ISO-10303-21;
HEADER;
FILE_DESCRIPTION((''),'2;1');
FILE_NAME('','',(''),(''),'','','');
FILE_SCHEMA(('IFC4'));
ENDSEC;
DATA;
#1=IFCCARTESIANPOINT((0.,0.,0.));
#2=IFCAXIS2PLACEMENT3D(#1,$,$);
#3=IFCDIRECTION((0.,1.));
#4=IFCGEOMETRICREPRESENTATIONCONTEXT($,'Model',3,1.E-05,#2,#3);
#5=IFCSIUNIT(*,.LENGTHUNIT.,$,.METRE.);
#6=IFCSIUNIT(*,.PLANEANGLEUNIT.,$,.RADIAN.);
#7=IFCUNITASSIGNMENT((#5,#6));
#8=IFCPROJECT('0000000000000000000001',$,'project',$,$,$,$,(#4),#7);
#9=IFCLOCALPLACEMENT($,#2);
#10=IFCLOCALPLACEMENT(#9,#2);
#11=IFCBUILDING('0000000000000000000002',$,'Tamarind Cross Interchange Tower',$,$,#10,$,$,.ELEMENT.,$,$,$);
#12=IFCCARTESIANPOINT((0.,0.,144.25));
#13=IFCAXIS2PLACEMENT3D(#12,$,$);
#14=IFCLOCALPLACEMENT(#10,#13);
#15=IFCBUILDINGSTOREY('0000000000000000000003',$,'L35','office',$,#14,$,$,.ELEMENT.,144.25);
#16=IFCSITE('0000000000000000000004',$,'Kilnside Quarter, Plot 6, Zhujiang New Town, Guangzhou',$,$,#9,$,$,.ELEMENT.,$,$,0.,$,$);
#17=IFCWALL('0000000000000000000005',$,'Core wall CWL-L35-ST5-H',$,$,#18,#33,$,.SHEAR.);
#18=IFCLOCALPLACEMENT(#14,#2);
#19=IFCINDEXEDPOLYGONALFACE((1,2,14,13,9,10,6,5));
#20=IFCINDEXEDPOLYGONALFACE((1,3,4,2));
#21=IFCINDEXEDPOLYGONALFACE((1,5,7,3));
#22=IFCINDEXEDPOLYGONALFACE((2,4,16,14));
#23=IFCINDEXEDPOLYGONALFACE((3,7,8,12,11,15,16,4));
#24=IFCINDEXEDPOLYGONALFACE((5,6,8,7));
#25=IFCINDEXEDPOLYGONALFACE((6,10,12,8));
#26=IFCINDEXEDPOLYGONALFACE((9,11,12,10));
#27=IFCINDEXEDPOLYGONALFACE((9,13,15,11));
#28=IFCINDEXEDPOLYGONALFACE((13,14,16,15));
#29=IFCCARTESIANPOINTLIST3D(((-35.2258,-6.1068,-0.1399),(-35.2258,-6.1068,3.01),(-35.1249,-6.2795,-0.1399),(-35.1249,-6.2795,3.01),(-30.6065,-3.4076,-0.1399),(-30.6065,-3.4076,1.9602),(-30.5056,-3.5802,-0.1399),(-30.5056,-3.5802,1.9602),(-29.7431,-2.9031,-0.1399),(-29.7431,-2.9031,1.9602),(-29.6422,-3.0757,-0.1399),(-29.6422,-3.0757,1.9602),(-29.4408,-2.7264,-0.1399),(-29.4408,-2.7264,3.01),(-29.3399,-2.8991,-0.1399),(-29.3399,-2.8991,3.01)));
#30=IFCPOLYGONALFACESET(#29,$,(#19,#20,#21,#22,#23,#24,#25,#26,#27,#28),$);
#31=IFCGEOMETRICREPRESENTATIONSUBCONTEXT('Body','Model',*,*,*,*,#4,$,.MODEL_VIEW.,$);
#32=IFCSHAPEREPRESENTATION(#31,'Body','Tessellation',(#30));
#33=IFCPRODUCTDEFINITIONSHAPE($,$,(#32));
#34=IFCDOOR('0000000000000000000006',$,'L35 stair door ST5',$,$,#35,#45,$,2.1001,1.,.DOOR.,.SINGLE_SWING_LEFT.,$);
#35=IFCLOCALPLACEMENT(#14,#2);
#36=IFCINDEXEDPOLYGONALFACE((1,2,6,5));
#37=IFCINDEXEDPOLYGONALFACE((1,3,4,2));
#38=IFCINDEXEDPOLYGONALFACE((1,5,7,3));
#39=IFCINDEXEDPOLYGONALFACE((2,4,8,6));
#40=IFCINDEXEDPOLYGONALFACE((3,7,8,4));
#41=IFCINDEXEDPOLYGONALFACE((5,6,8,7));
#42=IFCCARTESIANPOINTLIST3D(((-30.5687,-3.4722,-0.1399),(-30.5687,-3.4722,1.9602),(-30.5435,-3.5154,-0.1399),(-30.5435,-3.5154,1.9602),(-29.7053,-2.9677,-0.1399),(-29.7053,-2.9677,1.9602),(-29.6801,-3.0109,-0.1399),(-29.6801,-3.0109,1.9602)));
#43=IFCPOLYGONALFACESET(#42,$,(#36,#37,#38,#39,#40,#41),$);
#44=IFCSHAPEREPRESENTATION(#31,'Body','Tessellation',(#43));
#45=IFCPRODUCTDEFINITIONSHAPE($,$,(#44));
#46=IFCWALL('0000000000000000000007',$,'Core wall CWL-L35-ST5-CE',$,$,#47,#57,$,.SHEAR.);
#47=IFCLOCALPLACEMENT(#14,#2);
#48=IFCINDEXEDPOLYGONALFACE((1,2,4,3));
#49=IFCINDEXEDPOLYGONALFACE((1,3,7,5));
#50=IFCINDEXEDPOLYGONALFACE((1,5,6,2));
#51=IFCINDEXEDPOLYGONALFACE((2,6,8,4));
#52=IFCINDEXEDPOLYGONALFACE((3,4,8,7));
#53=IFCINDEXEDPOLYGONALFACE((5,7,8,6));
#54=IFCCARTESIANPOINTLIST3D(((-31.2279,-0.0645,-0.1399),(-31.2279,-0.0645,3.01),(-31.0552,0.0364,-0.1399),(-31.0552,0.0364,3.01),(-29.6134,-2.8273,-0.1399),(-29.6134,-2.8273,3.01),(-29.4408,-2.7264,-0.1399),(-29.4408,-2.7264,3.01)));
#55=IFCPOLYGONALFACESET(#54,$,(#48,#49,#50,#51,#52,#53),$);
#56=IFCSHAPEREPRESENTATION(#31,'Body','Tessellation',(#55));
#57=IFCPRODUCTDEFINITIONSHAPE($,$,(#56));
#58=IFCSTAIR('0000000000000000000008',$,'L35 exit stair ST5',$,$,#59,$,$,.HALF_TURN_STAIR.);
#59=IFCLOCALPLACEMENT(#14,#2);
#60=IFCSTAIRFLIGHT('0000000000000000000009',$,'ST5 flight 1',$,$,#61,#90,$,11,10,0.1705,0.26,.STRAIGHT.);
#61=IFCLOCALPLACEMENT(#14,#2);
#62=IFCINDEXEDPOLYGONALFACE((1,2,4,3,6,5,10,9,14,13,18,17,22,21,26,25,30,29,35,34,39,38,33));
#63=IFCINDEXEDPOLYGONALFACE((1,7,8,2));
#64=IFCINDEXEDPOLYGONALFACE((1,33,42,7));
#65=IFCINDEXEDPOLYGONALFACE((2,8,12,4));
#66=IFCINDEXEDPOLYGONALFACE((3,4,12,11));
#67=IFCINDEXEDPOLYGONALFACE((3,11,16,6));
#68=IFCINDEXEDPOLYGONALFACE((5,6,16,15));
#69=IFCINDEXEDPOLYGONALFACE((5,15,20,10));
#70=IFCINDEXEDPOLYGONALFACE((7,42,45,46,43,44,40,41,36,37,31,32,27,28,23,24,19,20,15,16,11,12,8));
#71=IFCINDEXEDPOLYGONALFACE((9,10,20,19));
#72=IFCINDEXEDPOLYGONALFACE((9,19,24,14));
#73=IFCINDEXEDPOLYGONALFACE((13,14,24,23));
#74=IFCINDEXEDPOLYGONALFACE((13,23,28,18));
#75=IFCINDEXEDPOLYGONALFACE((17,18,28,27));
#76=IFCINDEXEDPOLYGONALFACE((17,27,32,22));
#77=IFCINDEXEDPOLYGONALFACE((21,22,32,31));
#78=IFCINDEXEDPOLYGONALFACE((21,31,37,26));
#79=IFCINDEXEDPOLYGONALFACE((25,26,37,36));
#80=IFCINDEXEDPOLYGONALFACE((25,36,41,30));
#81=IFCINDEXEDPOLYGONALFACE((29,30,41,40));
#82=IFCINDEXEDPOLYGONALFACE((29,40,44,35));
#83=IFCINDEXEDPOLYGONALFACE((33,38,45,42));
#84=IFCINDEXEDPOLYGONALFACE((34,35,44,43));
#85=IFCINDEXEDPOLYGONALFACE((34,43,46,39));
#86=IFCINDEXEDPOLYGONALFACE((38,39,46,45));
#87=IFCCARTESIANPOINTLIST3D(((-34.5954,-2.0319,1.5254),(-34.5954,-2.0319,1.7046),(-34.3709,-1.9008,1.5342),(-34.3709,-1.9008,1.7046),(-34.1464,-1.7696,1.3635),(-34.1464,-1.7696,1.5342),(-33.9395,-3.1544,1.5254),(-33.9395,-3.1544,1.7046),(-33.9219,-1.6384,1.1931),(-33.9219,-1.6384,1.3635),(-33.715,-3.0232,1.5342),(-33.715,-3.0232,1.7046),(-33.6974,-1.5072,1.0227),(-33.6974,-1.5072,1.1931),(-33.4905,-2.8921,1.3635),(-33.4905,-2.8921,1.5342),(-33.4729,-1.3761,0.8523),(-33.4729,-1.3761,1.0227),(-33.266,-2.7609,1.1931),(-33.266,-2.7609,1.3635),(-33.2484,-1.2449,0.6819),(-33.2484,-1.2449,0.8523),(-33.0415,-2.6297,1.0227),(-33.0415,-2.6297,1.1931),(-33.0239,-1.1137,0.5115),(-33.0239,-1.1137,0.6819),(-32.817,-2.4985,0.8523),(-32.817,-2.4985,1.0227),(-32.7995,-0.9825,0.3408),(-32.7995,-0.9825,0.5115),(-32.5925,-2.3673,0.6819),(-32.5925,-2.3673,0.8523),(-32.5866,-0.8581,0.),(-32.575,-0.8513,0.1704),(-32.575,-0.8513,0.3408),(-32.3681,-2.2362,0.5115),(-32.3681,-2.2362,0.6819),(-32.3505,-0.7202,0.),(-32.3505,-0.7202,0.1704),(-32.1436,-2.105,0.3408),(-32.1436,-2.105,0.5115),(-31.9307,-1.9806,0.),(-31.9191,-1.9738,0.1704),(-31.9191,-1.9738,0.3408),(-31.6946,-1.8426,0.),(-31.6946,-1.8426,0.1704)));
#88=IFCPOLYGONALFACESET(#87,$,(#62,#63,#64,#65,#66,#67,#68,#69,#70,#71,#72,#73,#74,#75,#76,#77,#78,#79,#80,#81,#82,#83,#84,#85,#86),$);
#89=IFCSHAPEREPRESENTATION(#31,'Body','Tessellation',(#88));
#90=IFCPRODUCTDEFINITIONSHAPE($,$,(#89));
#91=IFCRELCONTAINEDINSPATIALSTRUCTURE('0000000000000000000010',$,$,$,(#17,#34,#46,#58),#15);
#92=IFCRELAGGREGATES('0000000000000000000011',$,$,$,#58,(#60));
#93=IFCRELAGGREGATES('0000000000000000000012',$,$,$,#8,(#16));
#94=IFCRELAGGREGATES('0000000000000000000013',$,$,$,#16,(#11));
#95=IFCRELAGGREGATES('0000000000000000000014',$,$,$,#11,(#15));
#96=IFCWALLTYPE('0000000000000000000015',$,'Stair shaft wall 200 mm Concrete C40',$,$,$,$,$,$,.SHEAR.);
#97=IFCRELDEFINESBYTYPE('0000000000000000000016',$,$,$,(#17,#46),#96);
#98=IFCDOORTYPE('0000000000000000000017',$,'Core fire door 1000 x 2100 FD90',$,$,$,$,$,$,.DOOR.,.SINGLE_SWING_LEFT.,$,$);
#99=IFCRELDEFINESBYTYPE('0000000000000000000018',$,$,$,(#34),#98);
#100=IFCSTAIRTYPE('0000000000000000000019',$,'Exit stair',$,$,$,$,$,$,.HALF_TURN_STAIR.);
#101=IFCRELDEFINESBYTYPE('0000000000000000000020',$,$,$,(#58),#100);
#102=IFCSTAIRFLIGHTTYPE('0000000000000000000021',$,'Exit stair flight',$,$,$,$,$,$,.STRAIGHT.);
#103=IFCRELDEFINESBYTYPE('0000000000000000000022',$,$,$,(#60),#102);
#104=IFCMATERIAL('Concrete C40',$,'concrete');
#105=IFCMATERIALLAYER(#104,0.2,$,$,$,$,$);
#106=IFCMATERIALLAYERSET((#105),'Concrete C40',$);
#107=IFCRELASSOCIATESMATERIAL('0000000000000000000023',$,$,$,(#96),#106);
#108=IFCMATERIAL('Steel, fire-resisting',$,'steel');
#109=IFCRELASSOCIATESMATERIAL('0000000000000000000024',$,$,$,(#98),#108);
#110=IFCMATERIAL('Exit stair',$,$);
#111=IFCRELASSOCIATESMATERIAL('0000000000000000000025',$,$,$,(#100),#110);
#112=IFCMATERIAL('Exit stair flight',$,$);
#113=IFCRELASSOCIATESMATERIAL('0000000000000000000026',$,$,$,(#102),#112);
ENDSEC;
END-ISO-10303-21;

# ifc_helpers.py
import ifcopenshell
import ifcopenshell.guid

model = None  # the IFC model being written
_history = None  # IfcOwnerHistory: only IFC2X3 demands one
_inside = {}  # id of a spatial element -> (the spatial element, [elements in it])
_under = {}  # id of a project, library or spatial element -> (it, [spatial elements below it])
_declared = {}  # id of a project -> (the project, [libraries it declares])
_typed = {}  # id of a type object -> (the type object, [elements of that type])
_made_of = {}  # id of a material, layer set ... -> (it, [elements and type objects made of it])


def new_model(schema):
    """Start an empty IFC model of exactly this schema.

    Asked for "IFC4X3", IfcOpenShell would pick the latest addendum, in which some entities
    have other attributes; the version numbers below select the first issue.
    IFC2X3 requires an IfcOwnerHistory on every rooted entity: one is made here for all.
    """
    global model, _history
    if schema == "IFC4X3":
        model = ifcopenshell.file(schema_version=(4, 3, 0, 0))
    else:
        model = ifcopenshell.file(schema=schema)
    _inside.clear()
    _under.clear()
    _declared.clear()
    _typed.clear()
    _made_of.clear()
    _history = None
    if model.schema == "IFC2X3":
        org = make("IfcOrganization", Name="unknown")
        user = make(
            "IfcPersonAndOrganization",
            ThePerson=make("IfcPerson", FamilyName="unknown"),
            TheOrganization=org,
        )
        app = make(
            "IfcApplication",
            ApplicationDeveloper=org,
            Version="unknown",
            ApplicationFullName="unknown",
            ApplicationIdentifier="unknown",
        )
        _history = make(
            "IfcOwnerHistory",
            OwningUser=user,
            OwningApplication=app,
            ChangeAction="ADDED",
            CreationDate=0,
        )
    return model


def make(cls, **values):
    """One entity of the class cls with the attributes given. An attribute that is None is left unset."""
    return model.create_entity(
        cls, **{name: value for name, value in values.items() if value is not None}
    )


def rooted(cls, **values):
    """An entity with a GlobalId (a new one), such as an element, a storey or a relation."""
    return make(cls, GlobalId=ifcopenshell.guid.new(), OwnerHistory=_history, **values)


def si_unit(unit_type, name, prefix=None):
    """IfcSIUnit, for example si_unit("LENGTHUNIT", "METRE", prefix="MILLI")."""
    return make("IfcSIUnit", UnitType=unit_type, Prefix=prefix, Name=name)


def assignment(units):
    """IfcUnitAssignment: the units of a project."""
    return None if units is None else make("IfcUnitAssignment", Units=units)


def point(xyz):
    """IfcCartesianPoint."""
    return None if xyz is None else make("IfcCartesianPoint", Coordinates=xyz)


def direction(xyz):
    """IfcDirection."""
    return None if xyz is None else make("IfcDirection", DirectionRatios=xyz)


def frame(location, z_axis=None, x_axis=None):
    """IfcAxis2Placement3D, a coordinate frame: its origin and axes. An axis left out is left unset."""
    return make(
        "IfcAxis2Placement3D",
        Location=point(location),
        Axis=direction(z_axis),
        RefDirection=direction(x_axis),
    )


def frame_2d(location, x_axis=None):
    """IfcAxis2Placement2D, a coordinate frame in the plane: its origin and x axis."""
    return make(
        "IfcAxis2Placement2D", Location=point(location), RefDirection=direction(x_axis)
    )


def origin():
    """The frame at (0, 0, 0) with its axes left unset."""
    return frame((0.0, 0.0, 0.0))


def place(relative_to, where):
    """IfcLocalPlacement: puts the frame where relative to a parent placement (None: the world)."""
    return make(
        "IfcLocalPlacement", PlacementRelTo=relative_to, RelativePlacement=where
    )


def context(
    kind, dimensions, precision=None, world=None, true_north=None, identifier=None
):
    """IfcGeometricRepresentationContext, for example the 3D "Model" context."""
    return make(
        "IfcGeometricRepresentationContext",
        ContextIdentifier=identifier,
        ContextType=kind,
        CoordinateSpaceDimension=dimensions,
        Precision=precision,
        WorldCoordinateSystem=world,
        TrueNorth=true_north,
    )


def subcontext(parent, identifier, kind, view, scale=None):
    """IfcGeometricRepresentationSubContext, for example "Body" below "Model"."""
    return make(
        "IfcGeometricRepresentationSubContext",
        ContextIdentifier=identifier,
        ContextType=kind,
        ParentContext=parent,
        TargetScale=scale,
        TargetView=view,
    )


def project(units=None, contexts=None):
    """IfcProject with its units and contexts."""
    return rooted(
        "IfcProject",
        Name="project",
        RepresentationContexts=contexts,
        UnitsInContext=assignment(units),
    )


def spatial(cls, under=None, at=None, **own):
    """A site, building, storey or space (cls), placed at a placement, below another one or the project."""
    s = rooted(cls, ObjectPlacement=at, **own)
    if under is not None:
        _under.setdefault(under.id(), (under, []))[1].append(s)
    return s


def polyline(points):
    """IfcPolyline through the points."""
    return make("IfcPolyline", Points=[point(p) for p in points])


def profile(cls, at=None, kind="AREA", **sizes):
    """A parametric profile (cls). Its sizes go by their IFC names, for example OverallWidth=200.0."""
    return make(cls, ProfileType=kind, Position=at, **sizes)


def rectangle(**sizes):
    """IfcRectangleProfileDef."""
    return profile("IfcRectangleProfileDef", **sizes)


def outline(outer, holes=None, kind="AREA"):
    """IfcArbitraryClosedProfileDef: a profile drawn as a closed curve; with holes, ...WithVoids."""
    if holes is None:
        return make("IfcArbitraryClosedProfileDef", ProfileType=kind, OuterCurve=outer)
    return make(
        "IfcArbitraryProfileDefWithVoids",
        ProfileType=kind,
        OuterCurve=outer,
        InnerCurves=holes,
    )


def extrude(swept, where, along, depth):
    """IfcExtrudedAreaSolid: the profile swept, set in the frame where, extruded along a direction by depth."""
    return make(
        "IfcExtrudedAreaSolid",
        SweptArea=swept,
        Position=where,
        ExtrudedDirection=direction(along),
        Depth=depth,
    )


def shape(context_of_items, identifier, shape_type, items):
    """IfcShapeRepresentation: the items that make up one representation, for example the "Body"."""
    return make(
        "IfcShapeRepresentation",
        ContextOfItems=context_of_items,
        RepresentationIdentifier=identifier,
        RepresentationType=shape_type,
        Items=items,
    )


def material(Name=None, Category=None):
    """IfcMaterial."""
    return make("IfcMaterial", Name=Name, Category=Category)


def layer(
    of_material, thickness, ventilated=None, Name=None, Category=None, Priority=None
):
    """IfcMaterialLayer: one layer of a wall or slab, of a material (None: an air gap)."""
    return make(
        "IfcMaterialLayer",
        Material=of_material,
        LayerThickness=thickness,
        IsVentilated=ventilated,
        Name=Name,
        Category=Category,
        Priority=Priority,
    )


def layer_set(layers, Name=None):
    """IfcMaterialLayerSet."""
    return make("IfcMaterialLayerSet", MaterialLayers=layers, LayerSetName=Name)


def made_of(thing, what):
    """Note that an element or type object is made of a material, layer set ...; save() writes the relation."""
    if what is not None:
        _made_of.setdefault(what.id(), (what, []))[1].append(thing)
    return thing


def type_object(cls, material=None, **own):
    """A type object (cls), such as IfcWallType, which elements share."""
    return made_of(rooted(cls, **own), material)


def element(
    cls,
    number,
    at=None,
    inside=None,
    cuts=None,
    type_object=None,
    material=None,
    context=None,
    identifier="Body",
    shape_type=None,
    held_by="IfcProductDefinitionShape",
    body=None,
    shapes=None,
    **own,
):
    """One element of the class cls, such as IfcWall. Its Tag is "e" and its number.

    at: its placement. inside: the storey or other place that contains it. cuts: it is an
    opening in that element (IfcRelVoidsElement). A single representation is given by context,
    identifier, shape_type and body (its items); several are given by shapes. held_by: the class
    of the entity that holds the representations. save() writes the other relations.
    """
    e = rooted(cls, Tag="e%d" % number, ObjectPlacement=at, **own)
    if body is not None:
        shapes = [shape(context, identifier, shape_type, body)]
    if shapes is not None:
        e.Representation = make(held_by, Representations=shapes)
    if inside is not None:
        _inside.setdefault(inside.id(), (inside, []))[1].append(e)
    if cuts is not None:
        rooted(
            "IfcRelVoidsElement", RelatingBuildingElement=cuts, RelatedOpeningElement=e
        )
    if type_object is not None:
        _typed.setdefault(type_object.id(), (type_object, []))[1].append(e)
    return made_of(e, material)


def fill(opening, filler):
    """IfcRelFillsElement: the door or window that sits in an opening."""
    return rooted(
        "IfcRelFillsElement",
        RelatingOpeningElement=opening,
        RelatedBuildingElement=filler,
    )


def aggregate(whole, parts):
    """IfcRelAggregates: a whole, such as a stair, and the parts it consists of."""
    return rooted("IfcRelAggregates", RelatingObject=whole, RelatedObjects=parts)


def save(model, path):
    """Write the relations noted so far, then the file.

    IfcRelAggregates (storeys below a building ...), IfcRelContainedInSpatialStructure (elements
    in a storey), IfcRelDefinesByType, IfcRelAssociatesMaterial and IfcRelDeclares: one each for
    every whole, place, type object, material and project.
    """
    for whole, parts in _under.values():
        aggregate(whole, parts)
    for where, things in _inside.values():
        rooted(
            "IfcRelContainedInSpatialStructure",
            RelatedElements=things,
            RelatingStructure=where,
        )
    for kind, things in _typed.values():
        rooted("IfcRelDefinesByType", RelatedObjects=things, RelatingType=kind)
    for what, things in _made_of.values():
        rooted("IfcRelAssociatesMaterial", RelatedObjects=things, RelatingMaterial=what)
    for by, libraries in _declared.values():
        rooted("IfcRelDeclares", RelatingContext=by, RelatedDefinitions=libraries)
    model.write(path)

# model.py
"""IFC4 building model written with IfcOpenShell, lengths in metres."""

from ifc_helpers import new_model, si_unit, direction, frame, frame_2d, origin, place, context, subcontext, project, spatial, polyline, rectangle, outline, extrude, material, layer, layer_set, type_object, element, fill, aggregate, save


model = new_model("IFC4")

# Units and contexts
model_context = context("Model", 3, precision=1e-05, world=origin(), true_north=direction((0.0, 1.0)))
body_context = subcontext(model_context, "Body", "Model", "MODEL_VIEW")
ifc_project = project(units=[si_unit("LENGTHUNIT", "METRE"), si_unit("PLANEANGLEUNIT", "RADIAN")], contexts=[model_context])

# Site, building, storey
site_placement = place(None, origin())
site = spatial("IfcSite", under=ifc_project, at=site_placement, Name="Kilnside Quarter, Plot 6, Zhujiang New Town, Guangzhou", CompositionType="ELEMENT", RefElevation=0.0)
building_placement = place(site_placement, origin())
building = spatial("IfcBuilding", under=site, at=building_placement, Name="Tamarind Cross Interchange Tower", CompositionType="ELEMENT")
storey_placement = place(building_placement, frame((0.0, 0.0, 144.25)))
storey = spatial("IfcBuildingStorey", under=building, at=storey_placement, Name="L35", Description="office", CompositionType="ELEMENT", Elevation=144.25)

# Wall, opening, door
ifc_material_1 = material(Name="Concrete C40", Category="concrete")
ifc_layer_1 = layer(ifc_material_1, 0.2)
ifc_layer_set_1 = layer_set([ifc_layer_1], Name="Concrete C40")
wall_type_1 = type_object("IfcWallType", Name="Stair shaft wall 200 mm Concrete C40", PredefinedType="SHEAR", material=ifc_layer_set_1)
wall_1_placement = place(storey_placement, frame((-29.3904, -2.8127, -0.1399), z_axis=(0.0, 0.0, 1.0), x_axis=(-0.863399, -0.504521, 0.0)))
wall_1 = element("IfcWall", 1, at=wall_1_placement, inside=storey, type_object=wall_type_1, Name="Core wall CWL-L35-ST5-H", PredefinedType="SHEAR", context=body_context, shape_type="SweptSolid", body=[
    extrude(rectangle(XDim=6.7002, YDim=0.2, at=frame_2d((3.3501, 0.0))), origin(), (0.0, 0.0, 1.0), 3.1499),
])
opening_1_placement = place(wall_1_placement, frame((0.3501, 0.0, 0.0)))
opening_1 = element("IfcOpeningElement", 2, at=opening_1_placement, cuts=wall_1, PredefinedType="OPENING", context=body_context, shape_type="SweptSolid", body=[
    extrude(rectangle(XDim=1.0, YDim=2.1001, at=frame_2d((0.5, 1.05))), frame((0.0, 0.1099, 0.0), z_axis=(0.0, -1.0, 0.0), x_axis=(1.0, 0.0, 0.0)), (0.0, 0.0, 1.0), 0.22),
])
ifc_material_2 = material(Name="Steel, fire-resisting", Category="steel")
door_type_1 = type_object("IfcDoorType", Name="Core fire door 1000 x 2100 FD90", OperationType="SINGLE_SWING_LEFT", PredefinedType="DOOR", material=ifc_material_2)
door_1_placement = place(opening_1_placement, origin())
door_1 = element("IfcDoor", 3, at=door_1_placement, inside=storey, type_object=door_type_1, Name="L35 stair door ST5", OperationType="SINGLE_SWING_LEFT", OverallHeight=2.1001, OverallWidth=1.0, PredefinedType="DOOR", context=body_context, shape_type="SweptSolid", body=[
    extrude(rectangle(XDim=1.0, YDim=2.1001, at=frame_2d((0.5, 1.05))), frame((0.0, 0.0249, 0.0), z_axis=(0.0, -1.0, 0.0), x_axis=(1.0, 0.0, 0.0)), (0.0, 0.0, 1.0), 0.05),
])
fill(opening_1, door_1)

# Wall
wall_2_placement = place(storey_placement, frame((-31.1416, -0.0139, -0.1399), z_axis=(0.0, 0.0, 1.0), x_axis=(0.504521, -0.8634, 0.0)))
element("IfcWall", 4, at=wall_2_placement, inside=storey, type_object=wall_type_1, Name="Core wall CWL-L35-ST5-CE", PredefinedType="SHEAR", context=body_context, shape_type="SweptSolid", body=[
    extrude(rectangle(XDim=3.2, YDim=0.2, at=frame_2d((1.6001, 0.0))), origin(), (0.0, 0.0, 1.0), 3.1499),
])

# Stair, stair flight
ifc_material_3 = material(Name="Exit stair")
stair_type = type_object("IfcStairType", Name="Exit stair", PredefinedType="HALF_TURN_STAIR", material=ifc_material_3)
stair_placement = place(storey_placement, origin())
stair = element("IfcStair", 5, at=stair_placement, inside=storey, type_object=stair_type, Name="L35 exit stair ST5", PredefinedType="HALF_TURN_STAIR")
ifc_material_4 = material(Name="Exit stair flight")
stair_flight_type = type_object("IfcStairFlightType", Name="Exit stair flight", PredefinedType="STRAIGHT", material=ifc_material_4)
stair_flight_placement = place(storey_placement, frame((-32.0225, -1.2815, 0.0), z_axis=(0.0, 0.0, 1.0), x_axis=(-0.863403, -0.504516, 0.0)))
stair_flight = element("IfcStairFlight", 6, at=stair_flight_placement, type_object=stair_flight_type, Name="ST5 flight 1", NumberOfRisers=11, NumberOfTreads=10, PredefinedType="STRAIGHT", RiserHeight=0.1705, TreadLength=0.26, context=body_context, shape_type="SweptSolid", body=[
    extrude(outline(polyline([(0.0, 0.0), (0.0, 0.1704), (0.26, 0.1704), (0.26, 0.3408), (0.52, 0.3408), (0.52, 0.5115), (0.78, 0.5115), (0.78, 0.6819), (1.04, 0.6819), (1.04, 0.8523), (1.3, 0.8523), (1.3, 1.0227), (1.5601, 1.0227), (1.5601, 1.1931), (1.8201, 1.1931), (1.8201, 1.3635), (2.0801, 1.3635), (2.0801, 1.5342), (2.3401, 1.5342), (2.3401, 1.7046), (2.6001, 1.7046), (2.6001, 1.875), (2.6001, 1.5254), (0.2734, 0.0), (0.0, 0.0)])), frame((0.0, 0.6499, 0.0), z_axis=(0.0, -1.0, 0.0), x_axis=(1.0, 0.0, 0.0)), (0.0, 0.0, 1.0), 1.3),
])
aggregate(stair, [stair_flight])

save(model, "model.ifc")
